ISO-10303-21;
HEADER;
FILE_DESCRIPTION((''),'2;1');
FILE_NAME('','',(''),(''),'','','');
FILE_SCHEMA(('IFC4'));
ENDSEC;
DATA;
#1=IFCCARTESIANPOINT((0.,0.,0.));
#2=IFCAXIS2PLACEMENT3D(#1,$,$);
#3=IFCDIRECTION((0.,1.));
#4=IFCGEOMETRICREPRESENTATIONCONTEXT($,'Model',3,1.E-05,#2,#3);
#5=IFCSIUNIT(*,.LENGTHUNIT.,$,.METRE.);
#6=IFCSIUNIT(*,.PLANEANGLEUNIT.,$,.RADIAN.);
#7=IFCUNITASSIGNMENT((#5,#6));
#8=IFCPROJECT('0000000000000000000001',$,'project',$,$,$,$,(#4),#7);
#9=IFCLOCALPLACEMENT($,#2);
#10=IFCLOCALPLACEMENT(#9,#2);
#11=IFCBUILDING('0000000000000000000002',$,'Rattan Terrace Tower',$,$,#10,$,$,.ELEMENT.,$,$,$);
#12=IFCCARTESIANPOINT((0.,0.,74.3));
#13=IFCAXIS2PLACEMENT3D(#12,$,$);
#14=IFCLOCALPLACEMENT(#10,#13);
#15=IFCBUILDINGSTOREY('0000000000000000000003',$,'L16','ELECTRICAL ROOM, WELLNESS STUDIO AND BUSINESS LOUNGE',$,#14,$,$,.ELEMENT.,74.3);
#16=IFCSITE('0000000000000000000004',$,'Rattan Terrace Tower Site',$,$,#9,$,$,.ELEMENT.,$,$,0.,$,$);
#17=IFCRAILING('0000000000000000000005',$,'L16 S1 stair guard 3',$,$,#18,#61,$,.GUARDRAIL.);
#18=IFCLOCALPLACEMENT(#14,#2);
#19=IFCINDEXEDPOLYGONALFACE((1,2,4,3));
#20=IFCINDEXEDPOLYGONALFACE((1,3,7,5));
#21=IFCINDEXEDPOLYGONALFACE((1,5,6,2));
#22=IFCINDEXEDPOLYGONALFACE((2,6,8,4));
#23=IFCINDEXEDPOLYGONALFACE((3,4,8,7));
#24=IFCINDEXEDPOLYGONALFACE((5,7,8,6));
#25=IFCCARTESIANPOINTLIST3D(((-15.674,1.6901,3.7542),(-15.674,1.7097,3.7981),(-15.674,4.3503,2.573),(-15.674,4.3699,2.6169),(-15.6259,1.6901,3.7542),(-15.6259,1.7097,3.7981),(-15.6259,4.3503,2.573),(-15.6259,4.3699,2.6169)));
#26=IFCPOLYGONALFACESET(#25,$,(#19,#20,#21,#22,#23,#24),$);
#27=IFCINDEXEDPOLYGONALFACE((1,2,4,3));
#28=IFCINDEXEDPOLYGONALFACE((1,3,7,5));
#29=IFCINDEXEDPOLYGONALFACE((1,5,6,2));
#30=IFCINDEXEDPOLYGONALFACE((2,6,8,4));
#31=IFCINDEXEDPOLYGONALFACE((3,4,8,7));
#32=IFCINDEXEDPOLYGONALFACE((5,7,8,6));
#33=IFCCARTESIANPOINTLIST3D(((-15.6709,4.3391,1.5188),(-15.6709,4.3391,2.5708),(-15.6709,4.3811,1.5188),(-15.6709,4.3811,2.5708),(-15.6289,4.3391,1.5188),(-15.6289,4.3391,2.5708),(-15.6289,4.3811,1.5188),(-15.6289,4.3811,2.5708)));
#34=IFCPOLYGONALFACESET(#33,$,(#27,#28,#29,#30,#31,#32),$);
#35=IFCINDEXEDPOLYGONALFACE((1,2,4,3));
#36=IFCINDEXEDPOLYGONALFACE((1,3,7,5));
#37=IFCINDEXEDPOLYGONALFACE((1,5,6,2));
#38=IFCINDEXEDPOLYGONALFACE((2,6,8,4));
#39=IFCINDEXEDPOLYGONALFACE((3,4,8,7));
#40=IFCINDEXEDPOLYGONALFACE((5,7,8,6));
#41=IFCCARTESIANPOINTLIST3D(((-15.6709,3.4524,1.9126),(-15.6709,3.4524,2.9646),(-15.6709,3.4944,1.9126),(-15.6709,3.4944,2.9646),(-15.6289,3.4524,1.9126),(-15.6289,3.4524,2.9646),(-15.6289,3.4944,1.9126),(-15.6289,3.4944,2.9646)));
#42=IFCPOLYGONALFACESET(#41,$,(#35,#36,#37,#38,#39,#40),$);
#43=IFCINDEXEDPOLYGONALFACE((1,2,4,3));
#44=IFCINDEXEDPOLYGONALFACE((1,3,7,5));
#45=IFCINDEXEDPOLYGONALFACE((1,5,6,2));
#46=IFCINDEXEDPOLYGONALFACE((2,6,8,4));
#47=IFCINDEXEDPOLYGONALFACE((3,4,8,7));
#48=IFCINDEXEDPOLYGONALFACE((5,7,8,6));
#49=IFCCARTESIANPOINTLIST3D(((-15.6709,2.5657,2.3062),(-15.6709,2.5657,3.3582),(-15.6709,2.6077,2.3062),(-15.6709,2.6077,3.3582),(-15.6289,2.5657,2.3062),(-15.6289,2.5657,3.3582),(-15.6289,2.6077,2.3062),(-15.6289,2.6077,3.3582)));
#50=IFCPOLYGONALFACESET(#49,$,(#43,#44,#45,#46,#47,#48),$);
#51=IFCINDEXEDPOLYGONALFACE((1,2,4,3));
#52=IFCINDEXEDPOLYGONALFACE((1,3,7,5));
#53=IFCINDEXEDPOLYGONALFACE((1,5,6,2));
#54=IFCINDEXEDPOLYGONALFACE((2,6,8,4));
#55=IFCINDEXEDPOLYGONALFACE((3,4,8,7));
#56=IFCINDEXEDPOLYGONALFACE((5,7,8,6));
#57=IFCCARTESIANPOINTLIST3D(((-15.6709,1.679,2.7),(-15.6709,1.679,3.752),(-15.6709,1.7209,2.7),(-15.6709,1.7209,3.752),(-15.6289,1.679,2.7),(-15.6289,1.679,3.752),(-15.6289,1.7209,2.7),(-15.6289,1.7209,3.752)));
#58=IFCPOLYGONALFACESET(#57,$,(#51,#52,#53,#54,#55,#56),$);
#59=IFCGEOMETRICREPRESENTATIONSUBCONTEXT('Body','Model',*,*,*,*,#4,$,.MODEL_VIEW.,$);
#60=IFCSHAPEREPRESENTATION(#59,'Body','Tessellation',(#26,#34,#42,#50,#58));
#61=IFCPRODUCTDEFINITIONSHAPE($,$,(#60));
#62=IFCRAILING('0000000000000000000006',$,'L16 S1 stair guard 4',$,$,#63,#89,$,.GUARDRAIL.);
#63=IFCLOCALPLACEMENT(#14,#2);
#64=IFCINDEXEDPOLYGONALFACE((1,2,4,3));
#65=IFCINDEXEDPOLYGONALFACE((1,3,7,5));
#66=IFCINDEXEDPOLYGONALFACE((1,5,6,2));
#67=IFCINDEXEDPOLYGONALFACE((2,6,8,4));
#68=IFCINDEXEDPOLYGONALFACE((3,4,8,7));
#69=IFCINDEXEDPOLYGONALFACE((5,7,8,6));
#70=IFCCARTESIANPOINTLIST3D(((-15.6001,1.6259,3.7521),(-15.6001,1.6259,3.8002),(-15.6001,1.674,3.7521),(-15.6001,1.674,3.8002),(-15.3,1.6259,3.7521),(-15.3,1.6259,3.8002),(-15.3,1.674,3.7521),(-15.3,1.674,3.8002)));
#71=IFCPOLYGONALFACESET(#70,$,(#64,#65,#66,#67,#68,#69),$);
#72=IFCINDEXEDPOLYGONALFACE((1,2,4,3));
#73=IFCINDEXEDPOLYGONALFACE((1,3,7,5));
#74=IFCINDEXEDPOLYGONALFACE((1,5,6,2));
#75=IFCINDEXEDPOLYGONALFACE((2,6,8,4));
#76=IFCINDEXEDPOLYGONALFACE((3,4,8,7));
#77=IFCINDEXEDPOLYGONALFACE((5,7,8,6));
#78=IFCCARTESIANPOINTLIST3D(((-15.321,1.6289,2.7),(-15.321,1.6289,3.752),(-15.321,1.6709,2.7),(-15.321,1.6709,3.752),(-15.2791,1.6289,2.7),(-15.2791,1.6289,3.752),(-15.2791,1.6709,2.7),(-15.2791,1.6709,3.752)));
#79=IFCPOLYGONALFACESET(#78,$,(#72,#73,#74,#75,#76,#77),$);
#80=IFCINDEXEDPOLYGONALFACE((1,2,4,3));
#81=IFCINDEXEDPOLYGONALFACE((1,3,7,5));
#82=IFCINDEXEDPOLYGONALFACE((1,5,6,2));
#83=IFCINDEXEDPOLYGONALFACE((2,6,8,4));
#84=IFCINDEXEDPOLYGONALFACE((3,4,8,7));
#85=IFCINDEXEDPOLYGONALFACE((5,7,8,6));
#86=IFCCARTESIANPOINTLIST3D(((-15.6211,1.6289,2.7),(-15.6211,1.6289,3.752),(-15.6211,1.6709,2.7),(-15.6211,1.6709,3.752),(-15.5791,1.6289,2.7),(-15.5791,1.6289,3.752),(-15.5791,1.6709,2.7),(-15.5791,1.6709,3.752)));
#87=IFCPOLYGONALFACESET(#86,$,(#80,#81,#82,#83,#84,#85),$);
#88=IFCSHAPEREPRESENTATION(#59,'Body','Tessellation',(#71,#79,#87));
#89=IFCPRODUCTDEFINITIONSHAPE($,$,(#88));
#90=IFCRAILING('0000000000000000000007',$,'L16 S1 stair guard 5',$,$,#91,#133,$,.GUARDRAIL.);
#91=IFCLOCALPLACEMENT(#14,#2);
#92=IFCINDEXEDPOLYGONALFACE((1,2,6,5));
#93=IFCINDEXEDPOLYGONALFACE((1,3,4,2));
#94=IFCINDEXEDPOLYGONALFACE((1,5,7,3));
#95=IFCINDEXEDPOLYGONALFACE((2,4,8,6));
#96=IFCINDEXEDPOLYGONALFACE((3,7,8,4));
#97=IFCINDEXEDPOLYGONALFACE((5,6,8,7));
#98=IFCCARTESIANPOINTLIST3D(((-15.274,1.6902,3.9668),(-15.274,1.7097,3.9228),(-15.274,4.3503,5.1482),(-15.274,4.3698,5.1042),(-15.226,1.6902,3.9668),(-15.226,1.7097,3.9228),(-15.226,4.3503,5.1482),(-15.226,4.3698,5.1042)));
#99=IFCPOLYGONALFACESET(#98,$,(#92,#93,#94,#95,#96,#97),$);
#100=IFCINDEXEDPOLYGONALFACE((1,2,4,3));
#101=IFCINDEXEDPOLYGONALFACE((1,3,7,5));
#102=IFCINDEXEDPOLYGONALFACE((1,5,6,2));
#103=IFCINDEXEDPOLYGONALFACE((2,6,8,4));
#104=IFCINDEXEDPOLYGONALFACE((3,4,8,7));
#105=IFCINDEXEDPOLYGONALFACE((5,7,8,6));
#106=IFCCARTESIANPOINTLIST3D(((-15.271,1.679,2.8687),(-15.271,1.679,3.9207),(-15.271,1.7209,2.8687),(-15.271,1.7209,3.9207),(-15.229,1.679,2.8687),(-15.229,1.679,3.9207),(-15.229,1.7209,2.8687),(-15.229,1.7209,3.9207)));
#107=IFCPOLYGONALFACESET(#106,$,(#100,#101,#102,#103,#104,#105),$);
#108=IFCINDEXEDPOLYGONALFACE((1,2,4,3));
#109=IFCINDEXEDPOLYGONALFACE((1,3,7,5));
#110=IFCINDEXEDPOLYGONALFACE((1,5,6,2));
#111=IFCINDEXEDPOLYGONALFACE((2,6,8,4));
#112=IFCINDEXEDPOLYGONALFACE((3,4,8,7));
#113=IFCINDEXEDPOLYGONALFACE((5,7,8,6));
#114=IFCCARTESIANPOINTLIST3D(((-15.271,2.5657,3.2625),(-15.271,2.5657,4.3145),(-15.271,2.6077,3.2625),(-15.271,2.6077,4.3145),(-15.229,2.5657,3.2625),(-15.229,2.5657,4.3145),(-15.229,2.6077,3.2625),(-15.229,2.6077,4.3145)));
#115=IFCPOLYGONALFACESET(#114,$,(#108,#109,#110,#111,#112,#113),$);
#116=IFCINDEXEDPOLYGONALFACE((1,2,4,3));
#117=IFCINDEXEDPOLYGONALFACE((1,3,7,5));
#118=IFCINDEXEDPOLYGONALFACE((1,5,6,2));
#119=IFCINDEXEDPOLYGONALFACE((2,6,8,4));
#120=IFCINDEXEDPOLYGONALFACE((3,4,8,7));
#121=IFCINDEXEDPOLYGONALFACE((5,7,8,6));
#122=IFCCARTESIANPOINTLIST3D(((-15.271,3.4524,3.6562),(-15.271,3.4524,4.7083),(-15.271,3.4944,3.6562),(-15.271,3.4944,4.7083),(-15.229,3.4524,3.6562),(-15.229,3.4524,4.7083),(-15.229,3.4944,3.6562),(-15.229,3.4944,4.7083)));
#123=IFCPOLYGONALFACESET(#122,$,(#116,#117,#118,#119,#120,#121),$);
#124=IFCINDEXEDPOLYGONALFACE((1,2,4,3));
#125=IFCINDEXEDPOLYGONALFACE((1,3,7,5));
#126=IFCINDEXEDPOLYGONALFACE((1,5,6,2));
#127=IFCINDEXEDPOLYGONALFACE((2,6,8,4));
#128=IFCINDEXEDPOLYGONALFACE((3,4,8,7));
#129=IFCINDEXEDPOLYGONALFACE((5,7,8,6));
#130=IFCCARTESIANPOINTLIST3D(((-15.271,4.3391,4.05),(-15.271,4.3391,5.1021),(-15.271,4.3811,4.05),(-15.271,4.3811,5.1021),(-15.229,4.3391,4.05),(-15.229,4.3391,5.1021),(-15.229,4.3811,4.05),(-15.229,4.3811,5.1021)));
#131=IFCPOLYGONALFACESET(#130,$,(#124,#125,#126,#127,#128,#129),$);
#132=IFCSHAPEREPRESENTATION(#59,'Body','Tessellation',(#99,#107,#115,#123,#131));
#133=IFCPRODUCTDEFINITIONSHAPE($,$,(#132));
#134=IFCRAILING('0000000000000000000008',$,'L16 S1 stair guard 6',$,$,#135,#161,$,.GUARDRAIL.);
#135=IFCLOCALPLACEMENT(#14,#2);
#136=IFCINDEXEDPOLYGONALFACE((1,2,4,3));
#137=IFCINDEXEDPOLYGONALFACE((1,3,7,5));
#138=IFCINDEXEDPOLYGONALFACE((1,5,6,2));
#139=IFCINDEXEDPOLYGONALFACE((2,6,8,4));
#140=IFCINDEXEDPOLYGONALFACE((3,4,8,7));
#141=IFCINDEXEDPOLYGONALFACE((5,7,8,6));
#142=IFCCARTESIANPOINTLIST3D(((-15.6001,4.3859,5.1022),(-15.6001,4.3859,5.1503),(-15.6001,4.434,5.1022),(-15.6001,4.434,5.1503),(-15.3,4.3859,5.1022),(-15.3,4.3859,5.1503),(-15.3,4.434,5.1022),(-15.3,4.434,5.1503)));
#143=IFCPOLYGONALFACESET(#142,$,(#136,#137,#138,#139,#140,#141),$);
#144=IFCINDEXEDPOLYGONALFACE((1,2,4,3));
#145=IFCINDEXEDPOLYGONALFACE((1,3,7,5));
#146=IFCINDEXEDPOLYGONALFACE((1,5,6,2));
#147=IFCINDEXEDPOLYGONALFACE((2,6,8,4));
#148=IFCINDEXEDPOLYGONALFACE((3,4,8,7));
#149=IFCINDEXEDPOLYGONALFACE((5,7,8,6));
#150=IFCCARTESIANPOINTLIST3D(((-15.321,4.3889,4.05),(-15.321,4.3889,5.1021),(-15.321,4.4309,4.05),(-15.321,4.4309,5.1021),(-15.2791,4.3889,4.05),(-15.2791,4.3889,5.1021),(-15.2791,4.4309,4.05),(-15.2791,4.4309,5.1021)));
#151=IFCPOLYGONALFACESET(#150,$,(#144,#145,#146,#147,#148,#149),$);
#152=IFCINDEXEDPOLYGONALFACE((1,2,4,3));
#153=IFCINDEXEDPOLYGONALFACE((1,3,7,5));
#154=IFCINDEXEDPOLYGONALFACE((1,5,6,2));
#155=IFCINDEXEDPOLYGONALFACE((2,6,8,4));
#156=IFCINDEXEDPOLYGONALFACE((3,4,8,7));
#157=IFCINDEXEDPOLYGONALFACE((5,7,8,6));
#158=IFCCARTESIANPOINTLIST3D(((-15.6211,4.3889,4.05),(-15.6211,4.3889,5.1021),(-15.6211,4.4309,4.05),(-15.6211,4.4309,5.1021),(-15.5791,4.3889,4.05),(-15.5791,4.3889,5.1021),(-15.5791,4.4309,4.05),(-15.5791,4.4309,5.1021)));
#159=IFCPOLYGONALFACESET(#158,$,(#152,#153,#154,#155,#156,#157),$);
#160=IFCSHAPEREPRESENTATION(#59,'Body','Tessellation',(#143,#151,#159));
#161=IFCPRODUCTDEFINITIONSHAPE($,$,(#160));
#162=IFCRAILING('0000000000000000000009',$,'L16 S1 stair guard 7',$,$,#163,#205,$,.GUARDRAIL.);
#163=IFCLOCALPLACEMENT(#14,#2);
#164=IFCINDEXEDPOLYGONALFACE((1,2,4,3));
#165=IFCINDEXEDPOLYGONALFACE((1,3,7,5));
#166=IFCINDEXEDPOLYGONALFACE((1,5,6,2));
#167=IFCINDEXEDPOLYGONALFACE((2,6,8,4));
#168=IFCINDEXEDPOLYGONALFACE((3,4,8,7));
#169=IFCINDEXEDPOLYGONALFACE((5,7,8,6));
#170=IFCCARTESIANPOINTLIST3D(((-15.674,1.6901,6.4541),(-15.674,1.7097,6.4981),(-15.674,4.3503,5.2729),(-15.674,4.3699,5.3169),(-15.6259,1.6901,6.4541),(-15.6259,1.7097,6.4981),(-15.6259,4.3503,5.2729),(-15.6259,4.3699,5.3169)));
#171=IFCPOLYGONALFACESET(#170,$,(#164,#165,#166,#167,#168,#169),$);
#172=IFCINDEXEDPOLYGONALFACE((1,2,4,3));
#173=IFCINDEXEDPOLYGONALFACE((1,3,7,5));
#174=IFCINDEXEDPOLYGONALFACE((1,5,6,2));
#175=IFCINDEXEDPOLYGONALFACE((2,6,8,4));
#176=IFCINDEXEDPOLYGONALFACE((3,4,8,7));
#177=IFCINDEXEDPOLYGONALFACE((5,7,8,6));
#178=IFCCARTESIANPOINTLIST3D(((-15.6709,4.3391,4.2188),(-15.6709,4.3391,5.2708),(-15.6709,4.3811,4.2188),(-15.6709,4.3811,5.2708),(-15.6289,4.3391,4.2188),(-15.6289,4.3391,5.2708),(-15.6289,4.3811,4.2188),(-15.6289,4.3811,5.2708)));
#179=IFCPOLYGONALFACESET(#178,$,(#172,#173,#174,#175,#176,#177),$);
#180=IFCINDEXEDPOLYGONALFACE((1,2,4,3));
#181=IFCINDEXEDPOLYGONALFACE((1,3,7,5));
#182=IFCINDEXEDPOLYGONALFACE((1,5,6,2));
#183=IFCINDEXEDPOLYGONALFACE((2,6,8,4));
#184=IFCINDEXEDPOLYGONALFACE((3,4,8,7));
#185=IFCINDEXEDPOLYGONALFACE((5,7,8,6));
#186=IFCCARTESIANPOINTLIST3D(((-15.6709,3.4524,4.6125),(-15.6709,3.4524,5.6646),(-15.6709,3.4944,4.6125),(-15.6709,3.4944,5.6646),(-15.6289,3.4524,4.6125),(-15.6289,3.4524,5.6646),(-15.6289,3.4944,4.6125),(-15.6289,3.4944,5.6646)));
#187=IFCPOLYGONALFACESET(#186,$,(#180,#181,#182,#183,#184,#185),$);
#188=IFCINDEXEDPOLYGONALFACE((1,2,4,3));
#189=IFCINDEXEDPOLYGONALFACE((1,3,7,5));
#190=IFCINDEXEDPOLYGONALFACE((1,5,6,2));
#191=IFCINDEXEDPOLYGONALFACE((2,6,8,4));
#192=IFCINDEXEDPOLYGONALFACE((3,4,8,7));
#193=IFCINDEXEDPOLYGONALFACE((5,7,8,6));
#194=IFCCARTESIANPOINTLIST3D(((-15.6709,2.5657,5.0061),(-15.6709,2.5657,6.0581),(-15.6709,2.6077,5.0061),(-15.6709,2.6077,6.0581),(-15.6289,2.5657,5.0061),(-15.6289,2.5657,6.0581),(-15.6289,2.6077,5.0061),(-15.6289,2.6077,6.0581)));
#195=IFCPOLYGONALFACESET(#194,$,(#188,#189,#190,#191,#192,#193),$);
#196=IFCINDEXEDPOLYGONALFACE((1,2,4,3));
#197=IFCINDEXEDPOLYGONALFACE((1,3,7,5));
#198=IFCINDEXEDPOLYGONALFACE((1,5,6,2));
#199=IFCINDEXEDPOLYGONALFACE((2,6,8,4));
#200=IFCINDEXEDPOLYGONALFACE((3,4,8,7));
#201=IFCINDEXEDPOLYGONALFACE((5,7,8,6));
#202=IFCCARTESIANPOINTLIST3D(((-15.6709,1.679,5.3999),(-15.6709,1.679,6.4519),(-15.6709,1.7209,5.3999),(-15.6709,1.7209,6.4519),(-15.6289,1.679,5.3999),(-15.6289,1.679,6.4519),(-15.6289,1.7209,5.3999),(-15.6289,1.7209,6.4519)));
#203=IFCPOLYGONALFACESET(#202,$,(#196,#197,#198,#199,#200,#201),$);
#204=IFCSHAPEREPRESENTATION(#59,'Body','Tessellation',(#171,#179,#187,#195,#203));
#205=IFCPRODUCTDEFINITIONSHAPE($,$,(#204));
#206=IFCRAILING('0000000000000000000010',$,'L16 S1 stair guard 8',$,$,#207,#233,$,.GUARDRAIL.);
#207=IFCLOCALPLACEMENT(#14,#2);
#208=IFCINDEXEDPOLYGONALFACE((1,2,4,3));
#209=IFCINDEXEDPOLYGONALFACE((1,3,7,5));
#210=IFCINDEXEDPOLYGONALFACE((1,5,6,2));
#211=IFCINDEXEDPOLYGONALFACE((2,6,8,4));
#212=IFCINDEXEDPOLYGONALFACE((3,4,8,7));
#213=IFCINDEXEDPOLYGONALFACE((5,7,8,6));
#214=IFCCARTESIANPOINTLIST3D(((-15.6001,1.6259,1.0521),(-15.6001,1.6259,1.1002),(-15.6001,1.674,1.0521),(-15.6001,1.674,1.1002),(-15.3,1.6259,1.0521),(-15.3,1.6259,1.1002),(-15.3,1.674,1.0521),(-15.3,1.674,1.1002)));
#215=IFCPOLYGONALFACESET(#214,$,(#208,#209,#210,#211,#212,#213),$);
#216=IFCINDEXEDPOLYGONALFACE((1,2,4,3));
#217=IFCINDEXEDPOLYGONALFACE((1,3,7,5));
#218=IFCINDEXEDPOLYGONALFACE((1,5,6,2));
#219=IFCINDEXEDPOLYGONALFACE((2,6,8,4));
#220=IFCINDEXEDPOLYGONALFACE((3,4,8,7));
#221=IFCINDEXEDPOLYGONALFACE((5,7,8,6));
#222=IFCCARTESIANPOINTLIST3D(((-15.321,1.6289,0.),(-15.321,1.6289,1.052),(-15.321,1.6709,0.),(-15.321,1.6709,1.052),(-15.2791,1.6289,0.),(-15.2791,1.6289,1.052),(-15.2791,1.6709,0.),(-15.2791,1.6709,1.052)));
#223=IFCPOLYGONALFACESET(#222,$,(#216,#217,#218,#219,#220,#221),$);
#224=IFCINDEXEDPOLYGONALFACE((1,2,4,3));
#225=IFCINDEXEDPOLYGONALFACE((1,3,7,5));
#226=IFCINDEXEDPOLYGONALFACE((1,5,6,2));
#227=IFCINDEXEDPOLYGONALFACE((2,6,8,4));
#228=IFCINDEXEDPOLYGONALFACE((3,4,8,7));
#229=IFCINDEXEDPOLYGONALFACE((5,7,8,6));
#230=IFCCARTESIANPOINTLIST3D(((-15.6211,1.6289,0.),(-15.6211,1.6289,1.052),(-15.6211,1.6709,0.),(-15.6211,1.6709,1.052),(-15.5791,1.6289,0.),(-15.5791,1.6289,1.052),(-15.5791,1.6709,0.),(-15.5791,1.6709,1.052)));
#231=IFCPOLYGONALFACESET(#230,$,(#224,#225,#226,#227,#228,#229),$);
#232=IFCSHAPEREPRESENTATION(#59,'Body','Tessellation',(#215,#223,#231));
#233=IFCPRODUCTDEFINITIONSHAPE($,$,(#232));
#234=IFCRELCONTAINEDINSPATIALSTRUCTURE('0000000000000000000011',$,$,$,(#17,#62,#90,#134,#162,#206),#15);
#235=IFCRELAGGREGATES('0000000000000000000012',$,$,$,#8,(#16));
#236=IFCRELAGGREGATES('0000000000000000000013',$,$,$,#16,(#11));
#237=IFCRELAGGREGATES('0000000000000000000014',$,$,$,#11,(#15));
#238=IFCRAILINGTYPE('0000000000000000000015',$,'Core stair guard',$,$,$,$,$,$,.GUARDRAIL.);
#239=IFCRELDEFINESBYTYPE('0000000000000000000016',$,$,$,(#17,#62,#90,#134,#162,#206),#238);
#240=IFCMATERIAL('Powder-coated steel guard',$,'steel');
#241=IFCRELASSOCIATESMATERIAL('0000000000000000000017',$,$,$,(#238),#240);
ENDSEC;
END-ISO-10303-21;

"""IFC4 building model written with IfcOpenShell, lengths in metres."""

from ifc_helpers import new_model, si_unit, direction, frame, origin, origin_2d, place, context, subcontext, project, spatial, rectangle, extrude, material, type_object, element, save


model = new_model("IFC4")

# Units and contexts
model_context = context("Model", 3, precision=1e-05, world=origin(), true_north=direction((0.0, 1.0)))
body_context = subcontext(model_context, "Body", "Model", "MODEL_VIEW")
ifc_project = project(units=[si_unit("LENGTHUNIT", "METRE"), si_unit("PLANEANGLEUNIT", "RADIAN")], contexts=[model_context])

# Site, building, storey
site_placement = place(None, origin())
site = spatial("IfcSite", under=ifc_project, at=site_placement, Name="Rattan Terrace Tower Site", CompositionType="ELEMENT", RefElevation=0.0)
building_placement = place(site_placement, origin())
building = spatial("IfcBuilding", under=site, at=building_placement, Name="Rattan Terrace Tower", CompositionType="ELEMENT")
storey_placement = place(building_placement, frame((0.0, 0.0, 74.3)))
storey = spatial("IfcBuildingStorey", under=building, at=storey_placement, Name="L16", Description="ELECTRICAL ROOM, WELLNESS STUDIO AND BUSINESS LOUNGE", CompositionType="ELEMENT", Elevation=74.3)

# Railings
ifc_material_1 = material(Name="Powder-coated steel guard", Category="steel")
railing_type_1 = type_object("IfcRailingType", Name="Core stair guard", PredefinedType="GUARDRAIL", material=ifc_material_1)
railing_1_placement = place(storey_placement, frame((-15.6499, 4.3601, 1.5188)))
element("IfcRailing", 1, at=railing_1_placement, inside=storey, type_object=railing_type_1, Name="L16 S1 stair guard 3", PredefinedType="GUARDRAIL", context=body_context, shape_type="SweptSolid", body=[
    extrude(rectangle(XDim=0.0481, YDim=0.0481, at=origin_2d()), frame((0.0, 0.0, 1.0762), z_axis=(0.0, -0.913957, 0.405812), x_axis=(1.0, 0.0, 0.0)), (0.0, 0.0, 1.0), 2.9106),
    extrude(rectangle(XDim=0.042, YDim=0.042, at=origin_2d()), origin(), (0.0, 0.0, 1.0), 1.052),
    extrude(rectangle(XDim=0.042, YDim=0.042, at=origin_2d()), frame((0.0, -0.8867, 0.3938)), (0.0, 0.0, 1.0), 1.052),
    extrude(rectangle(XDim=0.042, YDim=0.042, at=origin_2d()), frame((0.0, -1.7734, 0.7874)), (0.0, 0.0, 1.0), 1.052),
    extrude(rectangle(XDim=0.042, YDim=0.042, at=origin_2d()), frame((0.0, -2.6602, 1.1812)), (0.0, 0.0, 1.0), 1.052),
])
railing_2_placement = place(storey_placement, frame((-15.3, 1.6499, 2.7)))
element("IfcRailing", 2, at=railing_2_placement, inside=storey, type_object=railing_type_1, Name="L16 S1 stair guard 4", PredefinedType="GUARDRAIL", context=body_context, shape_type="SweptSolid", body=[
    extrude(rectangle(XDim=0.0481, YDim=0.0481, at=origin_2d()), frame((0.0, 0.0, 1.0762), z_axis=(-1.0, 0.0, 0.0), x_axis=(0.0, -1.0, 0.0)), (0.0, 0.0, 1.0), 0.3),
    extrude(rectangle(XDim=0.042, YDim=0.042, at=origin_2d()), origin(), (0.0, 0.0, 1.0), 1.052),
    extrude(rectangle(XDim=0.042, YDim=0.042, at=origin_2d()), frame((-0.3, 0.0, 0.0)), (0.0, 0.0, 1.0), 1.052),
])
railing_3_placement = place(storey_placement, frame((-15.25, 1.7, 2.8687)))
element("IfcRailing", 3, at=railing_3_placement, inside=storey, type_object=railing_type_1, Name="L16 S1 stair guard 5", PredefinedType="GUARDRAIL", context=body_context, shape_type="SweptSolid", body=[
    extrude(rectangle(XDim=0.0481, YDim=0.0481, at=origin_2d()), frame((0.0, 0.0, 1.0762), z_axis=(0.0, 0.913926, 0.405882), x_axis=(-1.0, 0.0, 0.0)), (0.0, 0.0, 1.0), 2.9106),
    extrude(rectangle(XDim=0.042, YDim=0.042, at=origin_2d()), origin(), (0.0, 0.0, 1.0), 1.052),
    extrude(rectangle(XDim=0.042, YDim=0.042, at=origin_2d()), frame((0.0, 0.8867, 0.3938)), (0.0, 0.0, 1.0), 1.052),
    extrude(rectangle(XDim=0.042, YDim=0.042, at=origin_2d()), frame((0.0, 1.7734, 0.7876)), (0.0, 0.0, 1.0), 1.052),
    extrude(rectangle(XDim=0.042, YDim=0.042, at=origin_2d()), frame((0.0, 2.6602, 1.1814)), (0.0, 0.0, 1.0), 1.052),
])
railing_4_placement = place(storey_placement, frame((-15.3, 4.4099, 4.05)))
element("IfcRailing", 4, at=railing_4_placement, inside=storey, type_object=railing_type_1, Name="L16 S1 stair guard 6", PredefinedType="GUARDRAIL", context=body_context, shape_type="SweptSolid", body=[
    extrude(rectangle(XDim=0.0481, YDim=0.0481, at=origin_2d()), frame((0.0, 0.0, 1.0762), z_axis=(-1.0, 0.0, 0.0), x_axis=(0.0, -1.0, 0.0)), (0.0, 0.0, 1.0), 0.3),
    extrude(rectangle(XDim=0.042, YDim=0.042, at=origin_2d()), origin(), (0.0, 0.0, 1.0), 1.052),
    extrude(rectangle(XDim=0.042, YDim=0.042, at=origin_2d()), frame((-0.3, 0.0, 0.0)), (0.0, 0.0, 1.0), 1.052),
])
railing_5_placement = place(storey_placement, frame((-15.6499, 4.3601, 4.2188)))
element("IfcRailing", 5, at=railing_5_placement, inside=storey, type_object=railing_type_1, Name="L16 S1 stair guard 7", PredefinedType="GUARDRAIL", context=body_context, shape_type="SweptSolid", body=[
    extrude(rectangle(XDim=0.0481, YDim=0.0481, at=origin_2d()), frame((0.0, 0.0, 1.0762), z_axis=(0.0, -0.913957, 0.405812), x_axis=(1.0, 0.0, 0.0)), (0.0, 0.0, 1.0), 2.9106),
    extrude(rectangle(XDim=0.042, YDim=0.042, at=origin_2d()), origin(), (0.0, 0.0, 1.0), 1.052),
    extrude(rectangle(XDim=0.042, YDim=0.042, at=origin_2d()), frame((0.0, -0.8867, 0.3938)), (0.0, 0.0, 1.0), 1.052),
    extrude(rectangle(XDim=0.042, YDim=0.042, at=origin_2d()), frame((0.0, -1.7734, 0.7874)), (0.0, 0.0, 1.0), 1.052),
    extrude(rectangle(XDim=0.042, YDim=0.042, at=origin_2d()), frame((0.0, -2.6602, 1.1812)), (0.0, 0.0, 1.0), 1.052),
])
railing_6_placement = place(storey_placement, frame((-15.3, 1.6499, 0.0)))
element("IfcRailing", 6, at=railing_6_placement, inside=storey, type_object=railing_type_1, Name="L16 S1 stair guard 8", PredefinedType="GUARDRAIL", context=body_context, shape_type="SweptSolid", body=[
    extrude(rectangle(XDim=0.0481, YDim=0.0481, at=origin_2d()), frame((0.0, 0.0, 1.0762), z_axis=(-1.0, 0.0, 0.0), x_axis=(0.0, -1.0, 0.0)), (0.0, 0.0, 1.0), 0.3),
    extrude(rectangle(XDim=0.042, YDim=0.042, at=origin_2d()), origin(), (0.0, 0.0, 1.0), 1.052),
    extrude(rectangle(XDim=0.042, YDim=0.042, at=origin_2d()), frame((-0.3, 0.0, 0.0)), (0.0, 0.0, 1.0), 1.052),
])

save(model, "model.ifc")
